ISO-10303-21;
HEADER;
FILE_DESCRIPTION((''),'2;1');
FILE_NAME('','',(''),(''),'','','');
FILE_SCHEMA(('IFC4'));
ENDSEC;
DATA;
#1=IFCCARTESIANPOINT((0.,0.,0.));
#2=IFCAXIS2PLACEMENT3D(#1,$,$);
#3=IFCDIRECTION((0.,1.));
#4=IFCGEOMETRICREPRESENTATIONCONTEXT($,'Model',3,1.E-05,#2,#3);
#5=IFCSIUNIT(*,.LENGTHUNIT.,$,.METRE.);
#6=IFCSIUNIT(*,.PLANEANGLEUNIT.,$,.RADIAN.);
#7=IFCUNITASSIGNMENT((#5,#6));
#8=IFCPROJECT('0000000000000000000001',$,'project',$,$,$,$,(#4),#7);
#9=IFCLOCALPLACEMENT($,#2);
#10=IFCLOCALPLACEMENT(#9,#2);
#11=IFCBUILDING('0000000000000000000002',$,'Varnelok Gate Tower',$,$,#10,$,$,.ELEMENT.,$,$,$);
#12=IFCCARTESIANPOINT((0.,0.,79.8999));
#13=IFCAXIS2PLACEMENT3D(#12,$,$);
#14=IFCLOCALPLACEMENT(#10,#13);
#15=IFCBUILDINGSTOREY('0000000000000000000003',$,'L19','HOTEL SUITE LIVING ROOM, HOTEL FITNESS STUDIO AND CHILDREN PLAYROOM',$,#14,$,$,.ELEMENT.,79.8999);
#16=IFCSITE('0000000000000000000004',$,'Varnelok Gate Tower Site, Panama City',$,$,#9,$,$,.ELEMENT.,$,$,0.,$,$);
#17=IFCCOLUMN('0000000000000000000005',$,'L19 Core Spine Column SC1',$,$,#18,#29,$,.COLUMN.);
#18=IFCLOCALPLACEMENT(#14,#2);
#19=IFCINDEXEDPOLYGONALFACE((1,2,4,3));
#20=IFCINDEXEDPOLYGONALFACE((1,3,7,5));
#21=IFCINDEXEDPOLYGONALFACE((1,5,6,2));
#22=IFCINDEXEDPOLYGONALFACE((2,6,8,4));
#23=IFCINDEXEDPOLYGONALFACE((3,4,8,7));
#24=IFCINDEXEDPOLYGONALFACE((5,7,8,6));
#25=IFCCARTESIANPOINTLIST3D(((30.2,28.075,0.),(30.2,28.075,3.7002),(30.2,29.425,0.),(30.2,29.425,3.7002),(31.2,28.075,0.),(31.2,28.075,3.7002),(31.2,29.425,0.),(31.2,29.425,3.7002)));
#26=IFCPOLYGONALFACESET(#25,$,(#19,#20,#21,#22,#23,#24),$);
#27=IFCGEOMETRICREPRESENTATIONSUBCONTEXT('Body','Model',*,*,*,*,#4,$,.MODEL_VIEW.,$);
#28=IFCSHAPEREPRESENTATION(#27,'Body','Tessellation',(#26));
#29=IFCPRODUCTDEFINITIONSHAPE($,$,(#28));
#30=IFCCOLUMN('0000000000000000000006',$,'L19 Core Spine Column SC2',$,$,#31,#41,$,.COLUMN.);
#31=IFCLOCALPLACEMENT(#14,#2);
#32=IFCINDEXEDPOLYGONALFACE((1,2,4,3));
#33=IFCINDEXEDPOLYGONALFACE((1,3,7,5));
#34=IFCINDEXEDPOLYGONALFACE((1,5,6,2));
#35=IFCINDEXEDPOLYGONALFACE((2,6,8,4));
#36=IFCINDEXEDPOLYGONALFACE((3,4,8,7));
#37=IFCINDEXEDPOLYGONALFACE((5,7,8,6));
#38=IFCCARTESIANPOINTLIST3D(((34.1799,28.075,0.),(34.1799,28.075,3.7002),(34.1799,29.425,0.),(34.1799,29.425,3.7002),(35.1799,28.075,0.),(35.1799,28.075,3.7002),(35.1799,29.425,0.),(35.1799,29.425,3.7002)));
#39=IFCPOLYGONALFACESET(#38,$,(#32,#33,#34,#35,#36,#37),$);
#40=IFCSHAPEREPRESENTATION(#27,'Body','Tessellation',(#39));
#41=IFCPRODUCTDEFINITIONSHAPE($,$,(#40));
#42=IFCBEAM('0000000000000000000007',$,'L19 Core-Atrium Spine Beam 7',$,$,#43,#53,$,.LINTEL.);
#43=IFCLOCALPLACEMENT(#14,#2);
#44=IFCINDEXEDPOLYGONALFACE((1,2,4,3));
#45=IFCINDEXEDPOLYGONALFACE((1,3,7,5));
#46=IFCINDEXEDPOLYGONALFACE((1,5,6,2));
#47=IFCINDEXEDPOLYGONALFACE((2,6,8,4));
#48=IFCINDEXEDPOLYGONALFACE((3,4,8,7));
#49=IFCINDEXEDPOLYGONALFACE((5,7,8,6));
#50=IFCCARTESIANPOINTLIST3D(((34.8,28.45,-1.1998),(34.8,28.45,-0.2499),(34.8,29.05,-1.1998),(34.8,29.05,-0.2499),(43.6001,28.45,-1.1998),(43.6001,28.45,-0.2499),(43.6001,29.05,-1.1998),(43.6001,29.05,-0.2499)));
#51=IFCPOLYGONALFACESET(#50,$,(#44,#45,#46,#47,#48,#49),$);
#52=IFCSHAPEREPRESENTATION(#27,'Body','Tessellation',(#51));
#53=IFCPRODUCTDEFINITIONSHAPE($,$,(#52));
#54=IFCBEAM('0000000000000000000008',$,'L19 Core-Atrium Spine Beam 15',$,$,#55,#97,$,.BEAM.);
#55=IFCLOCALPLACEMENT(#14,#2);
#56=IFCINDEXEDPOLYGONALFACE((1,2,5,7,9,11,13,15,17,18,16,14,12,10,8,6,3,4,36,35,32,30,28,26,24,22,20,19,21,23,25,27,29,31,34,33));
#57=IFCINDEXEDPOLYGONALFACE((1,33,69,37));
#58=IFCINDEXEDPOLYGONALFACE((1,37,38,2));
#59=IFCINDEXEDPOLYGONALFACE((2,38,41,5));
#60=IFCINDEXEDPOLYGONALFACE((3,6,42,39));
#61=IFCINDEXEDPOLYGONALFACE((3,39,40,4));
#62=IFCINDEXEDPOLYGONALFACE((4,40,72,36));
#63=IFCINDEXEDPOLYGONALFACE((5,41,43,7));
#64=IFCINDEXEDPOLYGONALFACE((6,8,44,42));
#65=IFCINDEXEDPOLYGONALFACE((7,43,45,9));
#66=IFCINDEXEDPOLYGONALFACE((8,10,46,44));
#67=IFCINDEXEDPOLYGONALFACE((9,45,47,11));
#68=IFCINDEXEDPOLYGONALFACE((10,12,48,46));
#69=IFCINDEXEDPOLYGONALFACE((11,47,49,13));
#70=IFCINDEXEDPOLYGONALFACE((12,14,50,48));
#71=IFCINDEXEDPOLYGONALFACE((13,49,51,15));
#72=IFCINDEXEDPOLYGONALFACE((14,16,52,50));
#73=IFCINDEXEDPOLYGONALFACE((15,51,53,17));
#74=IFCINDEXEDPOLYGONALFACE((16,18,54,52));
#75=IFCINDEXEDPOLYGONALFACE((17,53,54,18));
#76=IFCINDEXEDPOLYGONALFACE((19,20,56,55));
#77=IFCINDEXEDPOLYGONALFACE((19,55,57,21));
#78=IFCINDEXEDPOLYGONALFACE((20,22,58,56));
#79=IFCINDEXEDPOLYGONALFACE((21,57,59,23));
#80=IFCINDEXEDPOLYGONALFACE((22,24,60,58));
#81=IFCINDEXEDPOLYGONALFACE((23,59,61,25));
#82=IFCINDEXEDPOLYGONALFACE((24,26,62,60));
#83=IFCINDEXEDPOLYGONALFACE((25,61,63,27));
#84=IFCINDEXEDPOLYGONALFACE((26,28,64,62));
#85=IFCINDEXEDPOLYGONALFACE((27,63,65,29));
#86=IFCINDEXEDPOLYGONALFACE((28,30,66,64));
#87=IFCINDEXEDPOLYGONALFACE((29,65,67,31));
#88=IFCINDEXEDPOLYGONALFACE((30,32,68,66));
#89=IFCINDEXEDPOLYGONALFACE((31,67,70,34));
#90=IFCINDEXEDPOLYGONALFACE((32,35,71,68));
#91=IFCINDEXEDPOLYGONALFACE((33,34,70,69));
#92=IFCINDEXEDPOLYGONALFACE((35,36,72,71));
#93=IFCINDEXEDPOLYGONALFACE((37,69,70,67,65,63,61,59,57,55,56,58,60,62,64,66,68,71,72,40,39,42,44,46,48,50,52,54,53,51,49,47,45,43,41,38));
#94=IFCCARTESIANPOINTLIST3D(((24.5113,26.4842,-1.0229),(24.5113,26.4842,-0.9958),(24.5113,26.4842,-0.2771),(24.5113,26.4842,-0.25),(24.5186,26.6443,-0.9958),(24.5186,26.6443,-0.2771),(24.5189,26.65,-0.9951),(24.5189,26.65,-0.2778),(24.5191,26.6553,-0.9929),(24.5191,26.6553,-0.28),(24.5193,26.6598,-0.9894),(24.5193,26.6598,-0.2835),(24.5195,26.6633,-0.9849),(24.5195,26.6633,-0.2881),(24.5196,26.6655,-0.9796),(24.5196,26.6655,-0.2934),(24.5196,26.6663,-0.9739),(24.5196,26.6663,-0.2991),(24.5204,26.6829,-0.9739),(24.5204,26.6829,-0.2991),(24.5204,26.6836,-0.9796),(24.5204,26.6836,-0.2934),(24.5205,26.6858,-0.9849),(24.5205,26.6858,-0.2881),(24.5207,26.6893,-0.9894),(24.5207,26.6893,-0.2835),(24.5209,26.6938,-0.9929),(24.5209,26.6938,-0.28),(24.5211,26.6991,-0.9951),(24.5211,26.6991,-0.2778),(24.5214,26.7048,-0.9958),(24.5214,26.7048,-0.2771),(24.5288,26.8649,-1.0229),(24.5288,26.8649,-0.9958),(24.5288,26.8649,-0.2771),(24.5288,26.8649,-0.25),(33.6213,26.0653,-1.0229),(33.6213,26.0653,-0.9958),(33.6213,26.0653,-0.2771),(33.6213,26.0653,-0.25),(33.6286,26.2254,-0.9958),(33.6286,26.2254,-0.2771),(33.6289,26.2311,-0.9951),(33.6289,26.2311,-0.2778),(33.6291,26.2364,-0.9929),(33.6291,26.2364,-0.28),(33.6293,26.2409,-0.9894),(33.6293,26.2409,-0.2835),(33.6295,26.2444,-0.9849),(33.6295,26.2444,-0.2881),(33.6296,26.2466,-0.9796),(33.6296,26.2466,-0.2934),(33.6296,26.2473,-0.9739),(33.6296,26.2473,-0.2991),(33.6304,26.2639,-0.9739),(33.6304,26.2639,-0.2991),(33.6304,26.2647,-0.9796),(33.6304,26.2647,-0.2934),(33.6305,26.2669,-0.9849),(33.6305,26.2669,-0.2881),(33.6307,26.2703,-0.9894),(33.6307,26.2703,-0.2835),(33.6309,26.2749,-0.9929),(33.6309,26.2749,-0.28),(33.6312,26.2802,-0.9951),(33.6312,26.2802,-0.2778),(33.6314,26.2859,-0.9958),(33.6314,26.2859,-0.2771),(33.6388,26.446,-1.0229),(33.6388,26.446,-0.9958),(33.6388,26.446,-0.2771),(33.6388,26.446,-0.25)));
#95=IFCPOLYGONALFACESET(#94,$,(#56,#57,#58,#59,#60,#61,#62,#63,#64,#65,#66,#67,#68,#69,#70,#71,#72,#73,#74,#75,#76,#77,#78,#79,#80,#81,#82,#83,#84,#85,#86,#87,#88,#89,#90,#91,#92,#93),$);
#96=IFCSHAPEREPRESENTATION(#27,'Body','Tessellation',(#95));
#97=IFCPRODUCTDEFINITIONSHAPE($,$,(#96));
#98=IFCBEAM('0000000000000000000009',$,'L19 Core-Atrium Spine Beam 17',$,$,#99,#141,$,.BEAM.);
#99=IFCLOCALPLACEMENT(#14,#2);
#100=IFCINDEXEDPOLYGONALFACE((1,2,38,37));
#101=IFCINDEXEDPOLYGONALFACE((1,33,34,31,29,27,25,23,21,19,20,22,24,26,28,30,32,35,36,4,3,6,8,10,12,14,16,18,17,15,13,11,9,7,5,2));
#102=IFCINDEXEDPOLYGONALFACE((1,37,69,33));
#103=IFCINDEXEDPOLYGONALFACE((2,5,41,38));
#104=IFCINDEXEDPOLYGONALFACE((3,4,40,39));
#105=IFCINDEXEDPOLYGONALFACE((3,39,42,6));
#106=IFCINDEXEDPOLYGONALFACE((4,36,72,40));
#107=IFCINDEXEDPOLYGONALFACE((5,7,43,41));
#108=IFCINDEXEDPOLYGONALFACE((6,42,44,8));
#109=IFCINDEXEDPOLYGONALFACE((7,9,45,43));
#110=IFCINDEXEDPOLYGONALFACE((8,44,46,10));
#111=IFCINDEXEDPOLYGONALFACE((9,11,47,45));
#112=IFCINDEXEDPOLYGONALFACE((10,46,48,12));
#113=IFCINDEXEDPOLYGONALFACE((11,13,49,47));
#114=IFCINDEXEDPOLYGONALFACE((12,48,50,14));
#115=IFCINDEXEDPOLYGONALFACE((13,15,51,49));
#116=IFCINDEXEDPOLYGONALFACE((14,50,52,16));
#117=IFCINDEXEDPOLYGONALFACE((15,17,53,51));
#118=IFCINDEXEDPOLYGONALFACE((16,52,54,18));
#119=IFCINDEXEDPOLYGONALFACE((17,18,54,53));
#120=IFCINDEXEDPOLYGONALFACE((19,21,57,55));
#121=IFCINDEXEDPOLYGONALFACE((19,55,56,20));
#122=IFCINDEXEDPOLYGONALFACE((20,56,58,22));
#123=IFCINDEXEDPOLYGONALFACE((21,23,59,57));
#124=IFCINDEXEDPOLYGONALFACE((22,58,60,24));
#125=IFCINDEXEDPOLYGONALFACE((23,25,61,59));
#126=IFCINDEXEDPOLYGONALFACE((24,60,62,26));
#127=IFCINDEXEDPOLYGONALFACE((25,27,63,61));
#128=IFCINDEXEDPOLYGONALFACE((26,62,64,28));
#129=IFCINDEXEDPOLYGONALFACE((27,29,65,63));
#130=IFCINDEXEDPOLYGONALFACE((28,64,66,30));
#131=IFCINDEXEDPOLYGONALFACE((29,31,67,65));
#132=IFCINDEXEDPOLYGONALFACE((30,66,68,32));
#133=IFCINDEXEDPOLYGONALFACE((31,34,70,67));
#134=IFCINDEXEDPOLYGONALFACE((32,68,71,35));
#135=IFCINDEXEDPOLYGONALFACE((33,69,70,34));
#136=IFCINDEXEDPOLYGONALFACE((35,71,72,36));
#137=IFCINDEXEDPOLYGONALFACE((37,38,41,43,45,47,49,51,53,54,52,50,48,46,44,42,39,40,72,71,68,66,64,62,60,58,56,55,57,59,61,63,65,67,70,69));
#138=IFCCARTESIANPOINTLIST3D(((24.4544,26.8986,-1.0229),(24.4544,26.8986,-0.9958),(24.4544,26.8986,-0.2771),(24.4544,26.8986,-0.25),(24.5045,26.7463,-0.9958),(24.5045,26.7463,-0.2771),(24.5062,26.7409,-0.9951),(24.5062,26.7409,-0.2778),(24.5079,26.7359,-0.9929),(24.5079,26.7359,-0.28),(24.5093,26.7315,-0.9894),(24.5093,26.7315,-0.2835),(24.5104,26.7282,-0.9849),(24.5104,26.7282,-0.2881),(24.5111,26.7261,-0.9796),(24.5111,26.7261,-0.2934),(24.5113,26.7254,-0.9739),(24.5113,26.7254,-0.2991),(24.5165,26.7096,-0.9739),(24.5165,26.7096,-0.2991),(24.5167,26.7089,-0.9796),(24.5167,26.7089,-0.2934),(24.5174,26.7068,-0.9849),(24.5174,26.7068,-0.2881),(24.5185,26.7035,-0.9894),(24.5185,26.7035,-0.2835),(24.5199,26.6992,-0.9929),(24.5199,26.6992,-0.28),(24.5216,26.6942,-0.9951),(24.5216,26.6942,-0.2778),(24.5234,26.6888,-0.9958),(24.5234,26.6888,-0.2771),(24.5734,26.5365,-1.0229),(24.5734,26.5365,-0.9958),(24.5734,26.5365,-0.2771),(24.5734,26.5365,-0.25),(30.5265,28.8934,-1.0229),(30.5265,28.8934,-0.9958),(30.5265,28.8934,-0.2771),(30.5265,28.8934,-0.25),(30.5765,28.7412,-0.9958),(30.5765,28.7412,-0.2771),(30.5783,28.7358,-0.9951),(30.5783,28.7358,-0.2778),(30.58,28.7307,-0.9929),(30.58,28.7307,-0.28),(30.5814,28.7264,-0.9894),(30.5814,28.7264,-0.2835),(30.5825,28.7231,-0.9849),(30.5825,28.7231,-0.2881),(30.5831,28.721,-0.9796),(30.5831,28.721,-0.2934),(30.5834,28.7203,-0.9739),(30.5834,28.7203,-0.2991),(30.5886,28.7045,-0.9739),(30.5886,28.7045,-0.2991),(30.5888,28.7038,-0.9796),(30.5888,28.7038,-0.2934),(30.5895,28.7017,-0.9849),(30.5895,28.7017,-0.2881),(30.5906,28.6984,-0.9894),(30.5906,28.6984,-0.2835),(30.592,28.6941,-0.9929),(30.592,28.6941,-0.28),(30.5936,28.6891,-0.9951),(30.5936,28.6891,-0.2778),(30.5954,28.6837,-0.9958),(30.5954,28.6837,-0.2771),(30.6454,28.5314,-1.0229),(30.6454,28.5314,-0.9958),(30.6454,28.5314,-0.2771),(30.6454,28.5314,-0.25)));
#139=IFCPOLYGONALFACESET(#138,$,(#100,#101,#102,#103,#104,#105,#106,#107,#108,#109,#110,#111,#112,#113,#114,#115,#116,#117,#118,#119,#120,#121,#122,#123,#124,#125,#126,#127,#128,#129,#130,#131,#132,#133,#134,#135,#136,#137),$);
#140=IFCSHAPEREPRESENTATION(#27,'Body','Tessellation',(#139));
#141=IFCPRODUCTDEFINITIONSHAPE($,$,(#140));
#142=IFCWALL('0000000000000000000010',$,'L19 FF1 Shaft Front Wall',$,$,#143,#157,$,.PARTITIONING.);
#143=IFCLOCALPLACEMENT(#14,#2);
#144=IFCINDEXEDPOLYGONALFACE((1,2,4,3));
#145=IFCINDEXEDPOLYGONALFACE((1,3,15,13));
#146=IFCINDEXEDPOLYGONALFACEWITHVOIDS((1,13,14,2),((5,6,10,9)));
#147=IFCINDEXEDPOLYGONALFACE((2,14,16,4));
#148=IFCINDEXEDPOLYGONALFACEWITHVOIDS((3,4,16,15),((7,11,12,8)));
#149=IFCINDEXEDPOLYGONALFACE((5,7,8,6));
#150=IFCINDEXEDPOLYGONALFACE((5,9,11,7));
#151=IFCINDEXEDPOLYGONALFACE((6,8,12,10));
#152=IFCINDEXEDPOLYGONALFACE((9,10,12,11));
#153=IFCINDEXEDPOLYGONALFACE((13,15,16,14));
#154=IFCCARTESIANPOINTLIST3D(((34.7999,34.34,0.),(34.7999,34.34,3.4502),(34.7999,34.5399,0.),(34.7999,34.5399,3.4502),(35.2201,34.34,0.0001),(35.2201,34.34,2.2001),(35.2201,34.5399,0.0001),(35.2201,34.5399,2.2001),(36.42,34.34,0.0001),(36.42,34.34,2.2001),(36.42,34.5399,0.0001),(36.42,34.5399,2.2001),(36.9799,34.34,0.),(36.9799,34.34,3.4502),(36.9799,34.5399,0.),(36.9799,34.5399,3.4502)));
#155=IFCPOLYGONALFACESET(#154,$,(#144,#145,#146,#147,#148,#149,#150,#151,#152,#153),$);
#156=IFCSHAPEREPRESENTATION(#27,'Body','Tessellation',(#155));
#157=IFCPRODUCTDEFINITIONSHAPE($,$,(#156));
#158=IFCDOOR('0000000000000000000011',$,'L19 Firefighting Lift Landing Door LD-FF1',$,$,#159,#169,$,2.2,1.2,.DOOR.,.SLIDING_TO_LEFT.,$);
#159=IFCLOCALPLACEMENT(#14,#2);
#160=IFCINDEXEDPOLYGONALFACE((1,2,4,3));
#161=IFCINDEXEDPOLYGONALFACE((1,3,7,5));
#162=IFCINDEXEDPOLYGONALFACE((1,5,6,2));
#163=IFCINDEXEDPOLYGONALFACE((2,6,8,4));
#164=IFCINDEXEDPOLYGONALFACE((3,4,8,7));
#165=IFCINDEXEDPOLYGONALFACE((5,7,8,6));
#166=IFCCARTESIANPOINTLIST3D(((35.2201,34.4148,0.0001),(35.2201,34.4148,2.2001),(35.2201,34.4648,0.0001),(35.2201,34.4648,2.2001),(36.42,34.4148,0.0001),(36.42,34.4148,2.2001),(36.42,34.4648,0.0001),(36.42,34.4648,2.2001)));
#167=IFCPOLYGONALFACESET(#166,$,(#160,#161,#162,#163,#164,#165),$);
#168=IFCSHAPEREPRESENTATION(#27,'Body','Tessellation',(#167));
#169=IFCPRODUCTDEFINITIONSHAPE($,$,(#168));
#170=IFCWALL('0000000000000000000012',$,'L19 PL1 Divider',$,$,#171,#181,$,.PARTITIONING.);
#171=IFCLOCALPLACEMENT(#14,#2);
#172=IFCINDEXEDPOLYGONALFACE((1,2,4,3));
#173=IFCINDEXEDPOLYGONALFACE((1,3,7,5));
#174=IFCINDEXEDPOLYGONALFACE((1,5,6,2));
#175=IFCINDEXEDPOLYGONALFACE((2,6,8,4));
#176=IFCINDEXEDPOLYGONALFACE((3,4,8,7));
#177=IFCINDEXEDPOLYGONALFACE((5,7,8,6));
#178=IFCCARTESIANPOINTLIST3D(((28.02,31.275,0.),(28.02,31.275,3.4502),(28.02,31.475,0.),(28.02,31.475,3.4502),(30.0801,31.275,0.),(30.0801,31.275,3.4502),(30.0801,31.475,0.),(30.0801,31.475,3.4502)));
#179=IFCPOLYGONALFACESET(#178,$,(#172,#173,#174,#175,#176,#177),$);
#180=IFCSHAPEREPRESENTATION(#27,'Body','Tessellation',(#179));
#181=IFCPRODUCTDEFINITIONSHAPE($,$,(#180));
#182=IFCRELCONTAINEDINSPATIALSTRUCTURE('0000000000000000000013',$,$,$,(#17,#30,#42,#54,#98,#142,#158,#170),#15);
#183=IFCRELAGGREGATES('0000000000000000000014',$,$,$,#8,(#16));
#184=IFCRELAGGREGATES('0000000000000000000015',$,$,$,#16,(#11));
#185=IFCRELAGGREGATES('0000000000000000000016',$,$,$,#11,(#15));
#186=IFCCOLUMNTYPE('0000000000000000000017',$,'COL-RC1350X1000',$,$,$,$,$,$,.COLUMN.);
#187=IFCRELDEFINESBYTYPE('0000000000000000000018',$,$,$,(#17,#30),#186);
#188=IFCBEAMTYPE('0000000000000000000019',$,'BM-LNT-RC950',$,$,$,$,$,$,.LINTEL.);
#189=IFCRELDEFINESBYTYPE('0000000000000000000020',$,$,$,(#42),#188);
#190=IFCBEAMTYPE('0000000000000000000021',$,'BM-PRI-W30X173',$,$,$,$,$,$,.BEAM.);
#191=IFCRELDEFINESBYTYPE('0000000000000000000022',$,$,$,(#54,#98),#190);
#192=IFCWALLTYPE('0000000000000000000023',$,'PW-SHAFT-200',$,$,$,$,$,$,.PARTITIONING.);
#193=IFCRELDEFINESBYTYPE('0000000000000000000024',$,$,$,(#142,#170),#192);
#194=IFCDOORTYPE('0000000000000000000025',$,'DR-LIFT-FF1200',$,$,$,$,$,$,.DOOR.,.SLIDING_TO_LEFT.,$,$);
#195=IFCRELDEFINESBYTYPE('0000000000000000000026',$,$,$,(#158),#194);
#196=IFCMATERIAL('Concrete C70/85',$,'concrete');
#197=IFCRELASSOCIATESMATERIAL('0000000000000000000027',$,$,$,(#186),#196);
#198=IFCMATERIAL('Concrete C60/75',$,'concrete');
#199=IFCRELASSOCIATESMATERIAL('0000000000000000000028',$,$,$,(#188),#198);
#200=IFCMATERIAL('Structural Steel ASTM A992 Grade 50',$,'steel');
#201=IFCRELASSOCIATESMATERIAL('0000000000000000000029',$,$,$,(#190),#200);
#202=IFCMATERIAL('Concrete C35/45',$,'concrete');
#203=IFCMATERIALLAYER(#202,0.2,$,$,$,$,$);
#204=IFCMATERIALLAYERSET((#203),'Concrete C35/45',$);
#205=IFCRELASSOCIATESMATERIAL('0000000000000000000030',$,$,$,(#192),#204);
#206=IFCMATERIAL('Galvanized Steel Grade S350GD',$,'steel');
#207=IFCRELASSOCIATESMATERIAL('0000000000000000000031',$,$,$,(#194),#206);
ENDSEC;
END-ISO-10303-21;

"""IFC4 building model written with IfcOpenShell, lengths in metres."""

from ifc_helpers import new_model, si_unit, direction, frame, frame_2d, origin, origin_2d, place, context, subcontext, project, spatial, rectangle, i_section, extrude, material, layer, layer_set, material_profile, profile_set, type_object, element, fill, save


model = new_model("IFC4")

# Units and contexts
model_context = context("Model", 3, precision=1e-05, world=origin(), true_north=direction((0.0, 1.0)))
body_context = subcontext(model_context, "Body", "Model", "MODEL_VIEW")
ifc_project = project(units=[si_unit("LENGTHUNIT", "METRE"), si_unit("PLANEANGLEUNIT", "RADIAN")], contexts=[model_context])

# Site, building, storey
site_placement = place(None, origin())
site = spatial("IfcSite", under=ifc_project, at=site_placement, Name="Varnelok Gate Tower Site, Panama City", CompositionType="ELEMENT", RefElevation=0.0)
building_placement = place(site_placement, origin())
building = spatial("IfcBuilding", under=site, at=building_placement, Name="Varnelok Gate Tower", CompositionType="ELEMENT")
storey_placement = place(building_placement, frame((0.0, 0.0, 79.8999)))
storey = spatial("IfcBuildingStorey", under=building, at=storey_placement, Name="L19", Description="HOTEL SUITE LIVING ROOM, HOTEL FITNESS STUDIO AND CHILDREN PLAYROOM", CompositionType="ELEMENT", Elevation=79.8999)

# Columns
ifc_material_1 = material(Name="Concrete C70/85", Category="concrete")
ifc_material_profile_1 = material_profile(ifc_material_1, rectangle(XDim=1.0, YDim=1.3501, at=origin_2d()), Name="RC1350X1000")
ifc_profile_set_1 = profile_set([ifc_material_profile_1], Name="Concrete C70/85")
column_type = type_object("IfcColumnType", Name="COL-RC1350X1000", PredefinedType="COLUMN", material=ifc_profile_set_1)
for number, where, z_axis, x_axis, name in (
    (1, (30.7, 28.75, 0.0), (0.0, 0.0, 1.0), (1.0, 0.0, 0.0), "L19 Core Spine Column SC1"),
    (2, (34.6799, 28.75, 0.0), (0.0, 0.0, 1.0), (1.0, 0.0, 0.0), "L19 Core Spine Column SC2"),
):
    element("IfcColumn", number, at=place(storey_placement, frame(where, z_axis=z_axis, x_axis=x_axis)), inside=storey, type_object=column_type, Name=name, PredefinedType="COLUMN", context=body_context, shape_type="SweptSolid", body=[
        extrude(rectangle(XDim=1.0, YDim=1.3501, at=origin_2d()), origin(), (0.0, 0.0, 1.0), 3.7002),
    ])

# Beams
ifc_material_2 = material(Name="Concrete C60/75", Category="concrete")
ifc_material_profile_2 = material_profile(ifc_material_2, rectangle(XDim=0.6001, YDim=0.95, at=origin_2d()), Name="RC950X600")
ifc_profile_set_2 = profile_set([ifc_material_profile_2], Name="Concrete C60/75")
beam_type_1 = type_object("IfcBeamType", Name="BM-LNT-RC950", PredefinedType="LINTEL", material=ifc_profile_set_2)
beam_1_placement = place(storey_placement, frame((34.8, 28.75, -0.7249), z_axis=(1.0, 0.0, 0.0), x_axis=(0.0, 1.0, 0.0)))
element("IfcBeam", 3, at=beam_1_placement, inside=storey, type_object=beam_type_1, Name="L19 Core-Atrium Spine Beam 7", PredefinedType="LINTEL", context=body_context, shape_type="SweptSolid", body=[
    extrude(rectangle(XDim=0.6001, YDim=0.95, at=origin_2d()), origin(), (0.0, 0.0, 1.0), 8.8),
])
ifc_material_3 = material(Name="Structural Steel ASTM A992 Grade 50", Category="steel")
ifc_material_profile_3 = material_profile(ifc_material_3, i_section(OverallWidth=0.3811, OverallDepth=0.7729, WebThickness=0.0166, FlangeThickness=0.0271, FilletRadius=0.022, at=origin_2d()), Name="W30X173")
ifc_profile_set_3 = profile_set([ifc_material_profile_3], Name="Structural Steel ASTM A992 Grade 50")
beam_type_2 = type_object("IfcBeamType", Name="BM-PRI-W30X173", PredefinedType="BEAM", material=ifc_profile_set_3)
beam_2_placement = place(storey_placement, frame((24.52, 26.6746, -0.6365), z_axis=(0.998944, -0.045938, 0.0), x_axis=(0.045938, 0.998944, 0.0)))
element("IfcBeam", 4, at=beam_2_placement, inside=storey, type_object=beam_type_2, Name="L19 Core-Atrium Spine Beam 15", PredefinedType="BEAM", context=body_context, shape_type="SweptSolid", body=[
    extrude(i_section(OverallWidth=0.3811, OverallDepth=0.7729, WebThickness=0.0166, FlangeThickness=0.0271, FilletRadius=0.022, at=origin_2d()), origin(), (0.0, 0.0, 1.0), 9.1196),
])
beam_3_placement = place(storey_placement, frame((24.5139, 26.7175, -0.6365), z_axis=(0.950042, 0.312122, 0.0), x_axis=(-0.312122, 0.950042, 0.0)))
element("IfcBeam", 5, at=beam_3_placement, inside=storey, type_object=beam_type_2, Name="L19 Core-Atrium Spine Beam 17", PredefinedType="BEAM", context=body_context, shape_type="SweptSolid", body=[
    extrude(i_section(OverallWidth=0.3811, OverallDepth=0.7729, WebThickness=0.0166, FlangeThickness=0.0271, FilletRadius=0.022, at=origin_2d()), origin(), (0.0, 0.0, 1.0), 6.3914),
])

# Wall, opening, door
ifc_material_4 = material(Name="Concrete C35/45", Category="concrete")
ifc_layer_1 = layer(ifc_material_4, 0.2)
ifc_layer_set_1 = layer_set([ifc_layer_1], Name="Concrete C35/45")
wall_type_1 = type_object("IfcWallType", Name="PW-SHAFT-200", PredefinedType="PARTITIONING", material=ifc_layer_set_1)
wall_1_placement = place(storey_placement, frame((34.8, 34.4399, 0.0), z_axis=(0.0, 0.0, 1.0), x_axis=(1.0, 0.0, 0.0)))
wall_1 = element("IfcWall", 6, at=wall_1_placement, inside=storey, type_object=wall_type_1, Name="L19 FF1 Shaft Front Wall", PredefinedType="PARTITIONING", context=body_context, shape_type="SweptSolid", body=[
    extrude(rectangle(XDim=2.1799, YDim=0.2, at=frame_2d((1.0898, 0.0))), origin(), (0.0, 0.0, 1.0), 3.4502),
])
opening_1_placement = place(wall_1_placement, frame((0.4199, 0.0, 0.0)))
opening_1 = element("IfcOpeningElement", 7, at=opening_1_placement, cuts=wall_1, PredefinedType="OPENING", context=body_context, shape_type="SweptSolid", body=[
    extrude(rectangle(XDim=1.2, YDim=2.2, at=frame_2d((0.6001, 1.1001))), frame((0.0, 0.1099, 0.0), z_axis=(0.0, -1.0, 0.0), x_axis=(1.0, 0.0, 0.0)), (0.0, 0.0, 1.0), 0.22),
])
ifc_material_5 = material(Name="Galvanized Steel Grade S350GD", Category="steel")
door_type_1 = type_object("IfcDoorType", Name="DR-LIFT-FF1200", OperationType="SLIDING_TO_LEFT", PredefinedType="DOOR", material=ifc_material_5)
door_1_placement = place(opening_1_placement, origin())
door_1 = element("IfcDoor", 8, at=door_1_placement, inside=storey, type_object=door_type_1, Name="L19 Firefighting Lift Landing Door LD-FF1", OperationType="SLIDING_TO_LEFT", OverallHeight=2.2, OverallWidth=1.2, PredefinedType="DOOR", context=body_context, shape_type="SweptSolid", body=[
    extrude(rectangle(XDim=1.2, YDim=2.2, at=frame_2d((0.6001, 1.1001))), frame((0.0, 0.0249, 0.0), z_axis=(0.0, -1.0, 0.0), x_axis=(1.0, 0.0, 0.0)), (0.0, 0.0, 1.0), 0.05),
])
fill(opening_1, door_1)

# Wall
for number, where, z_axis, x_axis, name in (
    (9, (28.02, 31.375, 0.0), (0.0, 0.0, 1.0), (1.0, 0.0, 0.0), "L19 PL1 Divider"),
):
    element("IfcWall", number, at=place(storey_placement, frame(where, z_axis=z_axis, x_axis=x_axis)), inside=storey, type_object=wall_type_1, Name=name, PredefinedType="PARTITIONING", context=body_context, shape_type="SweptSolid", body=[
        extrude(rectangle(XDim=2.0601, YDim=0.2, at=frame_2d((1.03, 0.0))), origin(), (0.0, 0.0, 1.0), 3.4502),
    ])

save(model, "model.ifc")
